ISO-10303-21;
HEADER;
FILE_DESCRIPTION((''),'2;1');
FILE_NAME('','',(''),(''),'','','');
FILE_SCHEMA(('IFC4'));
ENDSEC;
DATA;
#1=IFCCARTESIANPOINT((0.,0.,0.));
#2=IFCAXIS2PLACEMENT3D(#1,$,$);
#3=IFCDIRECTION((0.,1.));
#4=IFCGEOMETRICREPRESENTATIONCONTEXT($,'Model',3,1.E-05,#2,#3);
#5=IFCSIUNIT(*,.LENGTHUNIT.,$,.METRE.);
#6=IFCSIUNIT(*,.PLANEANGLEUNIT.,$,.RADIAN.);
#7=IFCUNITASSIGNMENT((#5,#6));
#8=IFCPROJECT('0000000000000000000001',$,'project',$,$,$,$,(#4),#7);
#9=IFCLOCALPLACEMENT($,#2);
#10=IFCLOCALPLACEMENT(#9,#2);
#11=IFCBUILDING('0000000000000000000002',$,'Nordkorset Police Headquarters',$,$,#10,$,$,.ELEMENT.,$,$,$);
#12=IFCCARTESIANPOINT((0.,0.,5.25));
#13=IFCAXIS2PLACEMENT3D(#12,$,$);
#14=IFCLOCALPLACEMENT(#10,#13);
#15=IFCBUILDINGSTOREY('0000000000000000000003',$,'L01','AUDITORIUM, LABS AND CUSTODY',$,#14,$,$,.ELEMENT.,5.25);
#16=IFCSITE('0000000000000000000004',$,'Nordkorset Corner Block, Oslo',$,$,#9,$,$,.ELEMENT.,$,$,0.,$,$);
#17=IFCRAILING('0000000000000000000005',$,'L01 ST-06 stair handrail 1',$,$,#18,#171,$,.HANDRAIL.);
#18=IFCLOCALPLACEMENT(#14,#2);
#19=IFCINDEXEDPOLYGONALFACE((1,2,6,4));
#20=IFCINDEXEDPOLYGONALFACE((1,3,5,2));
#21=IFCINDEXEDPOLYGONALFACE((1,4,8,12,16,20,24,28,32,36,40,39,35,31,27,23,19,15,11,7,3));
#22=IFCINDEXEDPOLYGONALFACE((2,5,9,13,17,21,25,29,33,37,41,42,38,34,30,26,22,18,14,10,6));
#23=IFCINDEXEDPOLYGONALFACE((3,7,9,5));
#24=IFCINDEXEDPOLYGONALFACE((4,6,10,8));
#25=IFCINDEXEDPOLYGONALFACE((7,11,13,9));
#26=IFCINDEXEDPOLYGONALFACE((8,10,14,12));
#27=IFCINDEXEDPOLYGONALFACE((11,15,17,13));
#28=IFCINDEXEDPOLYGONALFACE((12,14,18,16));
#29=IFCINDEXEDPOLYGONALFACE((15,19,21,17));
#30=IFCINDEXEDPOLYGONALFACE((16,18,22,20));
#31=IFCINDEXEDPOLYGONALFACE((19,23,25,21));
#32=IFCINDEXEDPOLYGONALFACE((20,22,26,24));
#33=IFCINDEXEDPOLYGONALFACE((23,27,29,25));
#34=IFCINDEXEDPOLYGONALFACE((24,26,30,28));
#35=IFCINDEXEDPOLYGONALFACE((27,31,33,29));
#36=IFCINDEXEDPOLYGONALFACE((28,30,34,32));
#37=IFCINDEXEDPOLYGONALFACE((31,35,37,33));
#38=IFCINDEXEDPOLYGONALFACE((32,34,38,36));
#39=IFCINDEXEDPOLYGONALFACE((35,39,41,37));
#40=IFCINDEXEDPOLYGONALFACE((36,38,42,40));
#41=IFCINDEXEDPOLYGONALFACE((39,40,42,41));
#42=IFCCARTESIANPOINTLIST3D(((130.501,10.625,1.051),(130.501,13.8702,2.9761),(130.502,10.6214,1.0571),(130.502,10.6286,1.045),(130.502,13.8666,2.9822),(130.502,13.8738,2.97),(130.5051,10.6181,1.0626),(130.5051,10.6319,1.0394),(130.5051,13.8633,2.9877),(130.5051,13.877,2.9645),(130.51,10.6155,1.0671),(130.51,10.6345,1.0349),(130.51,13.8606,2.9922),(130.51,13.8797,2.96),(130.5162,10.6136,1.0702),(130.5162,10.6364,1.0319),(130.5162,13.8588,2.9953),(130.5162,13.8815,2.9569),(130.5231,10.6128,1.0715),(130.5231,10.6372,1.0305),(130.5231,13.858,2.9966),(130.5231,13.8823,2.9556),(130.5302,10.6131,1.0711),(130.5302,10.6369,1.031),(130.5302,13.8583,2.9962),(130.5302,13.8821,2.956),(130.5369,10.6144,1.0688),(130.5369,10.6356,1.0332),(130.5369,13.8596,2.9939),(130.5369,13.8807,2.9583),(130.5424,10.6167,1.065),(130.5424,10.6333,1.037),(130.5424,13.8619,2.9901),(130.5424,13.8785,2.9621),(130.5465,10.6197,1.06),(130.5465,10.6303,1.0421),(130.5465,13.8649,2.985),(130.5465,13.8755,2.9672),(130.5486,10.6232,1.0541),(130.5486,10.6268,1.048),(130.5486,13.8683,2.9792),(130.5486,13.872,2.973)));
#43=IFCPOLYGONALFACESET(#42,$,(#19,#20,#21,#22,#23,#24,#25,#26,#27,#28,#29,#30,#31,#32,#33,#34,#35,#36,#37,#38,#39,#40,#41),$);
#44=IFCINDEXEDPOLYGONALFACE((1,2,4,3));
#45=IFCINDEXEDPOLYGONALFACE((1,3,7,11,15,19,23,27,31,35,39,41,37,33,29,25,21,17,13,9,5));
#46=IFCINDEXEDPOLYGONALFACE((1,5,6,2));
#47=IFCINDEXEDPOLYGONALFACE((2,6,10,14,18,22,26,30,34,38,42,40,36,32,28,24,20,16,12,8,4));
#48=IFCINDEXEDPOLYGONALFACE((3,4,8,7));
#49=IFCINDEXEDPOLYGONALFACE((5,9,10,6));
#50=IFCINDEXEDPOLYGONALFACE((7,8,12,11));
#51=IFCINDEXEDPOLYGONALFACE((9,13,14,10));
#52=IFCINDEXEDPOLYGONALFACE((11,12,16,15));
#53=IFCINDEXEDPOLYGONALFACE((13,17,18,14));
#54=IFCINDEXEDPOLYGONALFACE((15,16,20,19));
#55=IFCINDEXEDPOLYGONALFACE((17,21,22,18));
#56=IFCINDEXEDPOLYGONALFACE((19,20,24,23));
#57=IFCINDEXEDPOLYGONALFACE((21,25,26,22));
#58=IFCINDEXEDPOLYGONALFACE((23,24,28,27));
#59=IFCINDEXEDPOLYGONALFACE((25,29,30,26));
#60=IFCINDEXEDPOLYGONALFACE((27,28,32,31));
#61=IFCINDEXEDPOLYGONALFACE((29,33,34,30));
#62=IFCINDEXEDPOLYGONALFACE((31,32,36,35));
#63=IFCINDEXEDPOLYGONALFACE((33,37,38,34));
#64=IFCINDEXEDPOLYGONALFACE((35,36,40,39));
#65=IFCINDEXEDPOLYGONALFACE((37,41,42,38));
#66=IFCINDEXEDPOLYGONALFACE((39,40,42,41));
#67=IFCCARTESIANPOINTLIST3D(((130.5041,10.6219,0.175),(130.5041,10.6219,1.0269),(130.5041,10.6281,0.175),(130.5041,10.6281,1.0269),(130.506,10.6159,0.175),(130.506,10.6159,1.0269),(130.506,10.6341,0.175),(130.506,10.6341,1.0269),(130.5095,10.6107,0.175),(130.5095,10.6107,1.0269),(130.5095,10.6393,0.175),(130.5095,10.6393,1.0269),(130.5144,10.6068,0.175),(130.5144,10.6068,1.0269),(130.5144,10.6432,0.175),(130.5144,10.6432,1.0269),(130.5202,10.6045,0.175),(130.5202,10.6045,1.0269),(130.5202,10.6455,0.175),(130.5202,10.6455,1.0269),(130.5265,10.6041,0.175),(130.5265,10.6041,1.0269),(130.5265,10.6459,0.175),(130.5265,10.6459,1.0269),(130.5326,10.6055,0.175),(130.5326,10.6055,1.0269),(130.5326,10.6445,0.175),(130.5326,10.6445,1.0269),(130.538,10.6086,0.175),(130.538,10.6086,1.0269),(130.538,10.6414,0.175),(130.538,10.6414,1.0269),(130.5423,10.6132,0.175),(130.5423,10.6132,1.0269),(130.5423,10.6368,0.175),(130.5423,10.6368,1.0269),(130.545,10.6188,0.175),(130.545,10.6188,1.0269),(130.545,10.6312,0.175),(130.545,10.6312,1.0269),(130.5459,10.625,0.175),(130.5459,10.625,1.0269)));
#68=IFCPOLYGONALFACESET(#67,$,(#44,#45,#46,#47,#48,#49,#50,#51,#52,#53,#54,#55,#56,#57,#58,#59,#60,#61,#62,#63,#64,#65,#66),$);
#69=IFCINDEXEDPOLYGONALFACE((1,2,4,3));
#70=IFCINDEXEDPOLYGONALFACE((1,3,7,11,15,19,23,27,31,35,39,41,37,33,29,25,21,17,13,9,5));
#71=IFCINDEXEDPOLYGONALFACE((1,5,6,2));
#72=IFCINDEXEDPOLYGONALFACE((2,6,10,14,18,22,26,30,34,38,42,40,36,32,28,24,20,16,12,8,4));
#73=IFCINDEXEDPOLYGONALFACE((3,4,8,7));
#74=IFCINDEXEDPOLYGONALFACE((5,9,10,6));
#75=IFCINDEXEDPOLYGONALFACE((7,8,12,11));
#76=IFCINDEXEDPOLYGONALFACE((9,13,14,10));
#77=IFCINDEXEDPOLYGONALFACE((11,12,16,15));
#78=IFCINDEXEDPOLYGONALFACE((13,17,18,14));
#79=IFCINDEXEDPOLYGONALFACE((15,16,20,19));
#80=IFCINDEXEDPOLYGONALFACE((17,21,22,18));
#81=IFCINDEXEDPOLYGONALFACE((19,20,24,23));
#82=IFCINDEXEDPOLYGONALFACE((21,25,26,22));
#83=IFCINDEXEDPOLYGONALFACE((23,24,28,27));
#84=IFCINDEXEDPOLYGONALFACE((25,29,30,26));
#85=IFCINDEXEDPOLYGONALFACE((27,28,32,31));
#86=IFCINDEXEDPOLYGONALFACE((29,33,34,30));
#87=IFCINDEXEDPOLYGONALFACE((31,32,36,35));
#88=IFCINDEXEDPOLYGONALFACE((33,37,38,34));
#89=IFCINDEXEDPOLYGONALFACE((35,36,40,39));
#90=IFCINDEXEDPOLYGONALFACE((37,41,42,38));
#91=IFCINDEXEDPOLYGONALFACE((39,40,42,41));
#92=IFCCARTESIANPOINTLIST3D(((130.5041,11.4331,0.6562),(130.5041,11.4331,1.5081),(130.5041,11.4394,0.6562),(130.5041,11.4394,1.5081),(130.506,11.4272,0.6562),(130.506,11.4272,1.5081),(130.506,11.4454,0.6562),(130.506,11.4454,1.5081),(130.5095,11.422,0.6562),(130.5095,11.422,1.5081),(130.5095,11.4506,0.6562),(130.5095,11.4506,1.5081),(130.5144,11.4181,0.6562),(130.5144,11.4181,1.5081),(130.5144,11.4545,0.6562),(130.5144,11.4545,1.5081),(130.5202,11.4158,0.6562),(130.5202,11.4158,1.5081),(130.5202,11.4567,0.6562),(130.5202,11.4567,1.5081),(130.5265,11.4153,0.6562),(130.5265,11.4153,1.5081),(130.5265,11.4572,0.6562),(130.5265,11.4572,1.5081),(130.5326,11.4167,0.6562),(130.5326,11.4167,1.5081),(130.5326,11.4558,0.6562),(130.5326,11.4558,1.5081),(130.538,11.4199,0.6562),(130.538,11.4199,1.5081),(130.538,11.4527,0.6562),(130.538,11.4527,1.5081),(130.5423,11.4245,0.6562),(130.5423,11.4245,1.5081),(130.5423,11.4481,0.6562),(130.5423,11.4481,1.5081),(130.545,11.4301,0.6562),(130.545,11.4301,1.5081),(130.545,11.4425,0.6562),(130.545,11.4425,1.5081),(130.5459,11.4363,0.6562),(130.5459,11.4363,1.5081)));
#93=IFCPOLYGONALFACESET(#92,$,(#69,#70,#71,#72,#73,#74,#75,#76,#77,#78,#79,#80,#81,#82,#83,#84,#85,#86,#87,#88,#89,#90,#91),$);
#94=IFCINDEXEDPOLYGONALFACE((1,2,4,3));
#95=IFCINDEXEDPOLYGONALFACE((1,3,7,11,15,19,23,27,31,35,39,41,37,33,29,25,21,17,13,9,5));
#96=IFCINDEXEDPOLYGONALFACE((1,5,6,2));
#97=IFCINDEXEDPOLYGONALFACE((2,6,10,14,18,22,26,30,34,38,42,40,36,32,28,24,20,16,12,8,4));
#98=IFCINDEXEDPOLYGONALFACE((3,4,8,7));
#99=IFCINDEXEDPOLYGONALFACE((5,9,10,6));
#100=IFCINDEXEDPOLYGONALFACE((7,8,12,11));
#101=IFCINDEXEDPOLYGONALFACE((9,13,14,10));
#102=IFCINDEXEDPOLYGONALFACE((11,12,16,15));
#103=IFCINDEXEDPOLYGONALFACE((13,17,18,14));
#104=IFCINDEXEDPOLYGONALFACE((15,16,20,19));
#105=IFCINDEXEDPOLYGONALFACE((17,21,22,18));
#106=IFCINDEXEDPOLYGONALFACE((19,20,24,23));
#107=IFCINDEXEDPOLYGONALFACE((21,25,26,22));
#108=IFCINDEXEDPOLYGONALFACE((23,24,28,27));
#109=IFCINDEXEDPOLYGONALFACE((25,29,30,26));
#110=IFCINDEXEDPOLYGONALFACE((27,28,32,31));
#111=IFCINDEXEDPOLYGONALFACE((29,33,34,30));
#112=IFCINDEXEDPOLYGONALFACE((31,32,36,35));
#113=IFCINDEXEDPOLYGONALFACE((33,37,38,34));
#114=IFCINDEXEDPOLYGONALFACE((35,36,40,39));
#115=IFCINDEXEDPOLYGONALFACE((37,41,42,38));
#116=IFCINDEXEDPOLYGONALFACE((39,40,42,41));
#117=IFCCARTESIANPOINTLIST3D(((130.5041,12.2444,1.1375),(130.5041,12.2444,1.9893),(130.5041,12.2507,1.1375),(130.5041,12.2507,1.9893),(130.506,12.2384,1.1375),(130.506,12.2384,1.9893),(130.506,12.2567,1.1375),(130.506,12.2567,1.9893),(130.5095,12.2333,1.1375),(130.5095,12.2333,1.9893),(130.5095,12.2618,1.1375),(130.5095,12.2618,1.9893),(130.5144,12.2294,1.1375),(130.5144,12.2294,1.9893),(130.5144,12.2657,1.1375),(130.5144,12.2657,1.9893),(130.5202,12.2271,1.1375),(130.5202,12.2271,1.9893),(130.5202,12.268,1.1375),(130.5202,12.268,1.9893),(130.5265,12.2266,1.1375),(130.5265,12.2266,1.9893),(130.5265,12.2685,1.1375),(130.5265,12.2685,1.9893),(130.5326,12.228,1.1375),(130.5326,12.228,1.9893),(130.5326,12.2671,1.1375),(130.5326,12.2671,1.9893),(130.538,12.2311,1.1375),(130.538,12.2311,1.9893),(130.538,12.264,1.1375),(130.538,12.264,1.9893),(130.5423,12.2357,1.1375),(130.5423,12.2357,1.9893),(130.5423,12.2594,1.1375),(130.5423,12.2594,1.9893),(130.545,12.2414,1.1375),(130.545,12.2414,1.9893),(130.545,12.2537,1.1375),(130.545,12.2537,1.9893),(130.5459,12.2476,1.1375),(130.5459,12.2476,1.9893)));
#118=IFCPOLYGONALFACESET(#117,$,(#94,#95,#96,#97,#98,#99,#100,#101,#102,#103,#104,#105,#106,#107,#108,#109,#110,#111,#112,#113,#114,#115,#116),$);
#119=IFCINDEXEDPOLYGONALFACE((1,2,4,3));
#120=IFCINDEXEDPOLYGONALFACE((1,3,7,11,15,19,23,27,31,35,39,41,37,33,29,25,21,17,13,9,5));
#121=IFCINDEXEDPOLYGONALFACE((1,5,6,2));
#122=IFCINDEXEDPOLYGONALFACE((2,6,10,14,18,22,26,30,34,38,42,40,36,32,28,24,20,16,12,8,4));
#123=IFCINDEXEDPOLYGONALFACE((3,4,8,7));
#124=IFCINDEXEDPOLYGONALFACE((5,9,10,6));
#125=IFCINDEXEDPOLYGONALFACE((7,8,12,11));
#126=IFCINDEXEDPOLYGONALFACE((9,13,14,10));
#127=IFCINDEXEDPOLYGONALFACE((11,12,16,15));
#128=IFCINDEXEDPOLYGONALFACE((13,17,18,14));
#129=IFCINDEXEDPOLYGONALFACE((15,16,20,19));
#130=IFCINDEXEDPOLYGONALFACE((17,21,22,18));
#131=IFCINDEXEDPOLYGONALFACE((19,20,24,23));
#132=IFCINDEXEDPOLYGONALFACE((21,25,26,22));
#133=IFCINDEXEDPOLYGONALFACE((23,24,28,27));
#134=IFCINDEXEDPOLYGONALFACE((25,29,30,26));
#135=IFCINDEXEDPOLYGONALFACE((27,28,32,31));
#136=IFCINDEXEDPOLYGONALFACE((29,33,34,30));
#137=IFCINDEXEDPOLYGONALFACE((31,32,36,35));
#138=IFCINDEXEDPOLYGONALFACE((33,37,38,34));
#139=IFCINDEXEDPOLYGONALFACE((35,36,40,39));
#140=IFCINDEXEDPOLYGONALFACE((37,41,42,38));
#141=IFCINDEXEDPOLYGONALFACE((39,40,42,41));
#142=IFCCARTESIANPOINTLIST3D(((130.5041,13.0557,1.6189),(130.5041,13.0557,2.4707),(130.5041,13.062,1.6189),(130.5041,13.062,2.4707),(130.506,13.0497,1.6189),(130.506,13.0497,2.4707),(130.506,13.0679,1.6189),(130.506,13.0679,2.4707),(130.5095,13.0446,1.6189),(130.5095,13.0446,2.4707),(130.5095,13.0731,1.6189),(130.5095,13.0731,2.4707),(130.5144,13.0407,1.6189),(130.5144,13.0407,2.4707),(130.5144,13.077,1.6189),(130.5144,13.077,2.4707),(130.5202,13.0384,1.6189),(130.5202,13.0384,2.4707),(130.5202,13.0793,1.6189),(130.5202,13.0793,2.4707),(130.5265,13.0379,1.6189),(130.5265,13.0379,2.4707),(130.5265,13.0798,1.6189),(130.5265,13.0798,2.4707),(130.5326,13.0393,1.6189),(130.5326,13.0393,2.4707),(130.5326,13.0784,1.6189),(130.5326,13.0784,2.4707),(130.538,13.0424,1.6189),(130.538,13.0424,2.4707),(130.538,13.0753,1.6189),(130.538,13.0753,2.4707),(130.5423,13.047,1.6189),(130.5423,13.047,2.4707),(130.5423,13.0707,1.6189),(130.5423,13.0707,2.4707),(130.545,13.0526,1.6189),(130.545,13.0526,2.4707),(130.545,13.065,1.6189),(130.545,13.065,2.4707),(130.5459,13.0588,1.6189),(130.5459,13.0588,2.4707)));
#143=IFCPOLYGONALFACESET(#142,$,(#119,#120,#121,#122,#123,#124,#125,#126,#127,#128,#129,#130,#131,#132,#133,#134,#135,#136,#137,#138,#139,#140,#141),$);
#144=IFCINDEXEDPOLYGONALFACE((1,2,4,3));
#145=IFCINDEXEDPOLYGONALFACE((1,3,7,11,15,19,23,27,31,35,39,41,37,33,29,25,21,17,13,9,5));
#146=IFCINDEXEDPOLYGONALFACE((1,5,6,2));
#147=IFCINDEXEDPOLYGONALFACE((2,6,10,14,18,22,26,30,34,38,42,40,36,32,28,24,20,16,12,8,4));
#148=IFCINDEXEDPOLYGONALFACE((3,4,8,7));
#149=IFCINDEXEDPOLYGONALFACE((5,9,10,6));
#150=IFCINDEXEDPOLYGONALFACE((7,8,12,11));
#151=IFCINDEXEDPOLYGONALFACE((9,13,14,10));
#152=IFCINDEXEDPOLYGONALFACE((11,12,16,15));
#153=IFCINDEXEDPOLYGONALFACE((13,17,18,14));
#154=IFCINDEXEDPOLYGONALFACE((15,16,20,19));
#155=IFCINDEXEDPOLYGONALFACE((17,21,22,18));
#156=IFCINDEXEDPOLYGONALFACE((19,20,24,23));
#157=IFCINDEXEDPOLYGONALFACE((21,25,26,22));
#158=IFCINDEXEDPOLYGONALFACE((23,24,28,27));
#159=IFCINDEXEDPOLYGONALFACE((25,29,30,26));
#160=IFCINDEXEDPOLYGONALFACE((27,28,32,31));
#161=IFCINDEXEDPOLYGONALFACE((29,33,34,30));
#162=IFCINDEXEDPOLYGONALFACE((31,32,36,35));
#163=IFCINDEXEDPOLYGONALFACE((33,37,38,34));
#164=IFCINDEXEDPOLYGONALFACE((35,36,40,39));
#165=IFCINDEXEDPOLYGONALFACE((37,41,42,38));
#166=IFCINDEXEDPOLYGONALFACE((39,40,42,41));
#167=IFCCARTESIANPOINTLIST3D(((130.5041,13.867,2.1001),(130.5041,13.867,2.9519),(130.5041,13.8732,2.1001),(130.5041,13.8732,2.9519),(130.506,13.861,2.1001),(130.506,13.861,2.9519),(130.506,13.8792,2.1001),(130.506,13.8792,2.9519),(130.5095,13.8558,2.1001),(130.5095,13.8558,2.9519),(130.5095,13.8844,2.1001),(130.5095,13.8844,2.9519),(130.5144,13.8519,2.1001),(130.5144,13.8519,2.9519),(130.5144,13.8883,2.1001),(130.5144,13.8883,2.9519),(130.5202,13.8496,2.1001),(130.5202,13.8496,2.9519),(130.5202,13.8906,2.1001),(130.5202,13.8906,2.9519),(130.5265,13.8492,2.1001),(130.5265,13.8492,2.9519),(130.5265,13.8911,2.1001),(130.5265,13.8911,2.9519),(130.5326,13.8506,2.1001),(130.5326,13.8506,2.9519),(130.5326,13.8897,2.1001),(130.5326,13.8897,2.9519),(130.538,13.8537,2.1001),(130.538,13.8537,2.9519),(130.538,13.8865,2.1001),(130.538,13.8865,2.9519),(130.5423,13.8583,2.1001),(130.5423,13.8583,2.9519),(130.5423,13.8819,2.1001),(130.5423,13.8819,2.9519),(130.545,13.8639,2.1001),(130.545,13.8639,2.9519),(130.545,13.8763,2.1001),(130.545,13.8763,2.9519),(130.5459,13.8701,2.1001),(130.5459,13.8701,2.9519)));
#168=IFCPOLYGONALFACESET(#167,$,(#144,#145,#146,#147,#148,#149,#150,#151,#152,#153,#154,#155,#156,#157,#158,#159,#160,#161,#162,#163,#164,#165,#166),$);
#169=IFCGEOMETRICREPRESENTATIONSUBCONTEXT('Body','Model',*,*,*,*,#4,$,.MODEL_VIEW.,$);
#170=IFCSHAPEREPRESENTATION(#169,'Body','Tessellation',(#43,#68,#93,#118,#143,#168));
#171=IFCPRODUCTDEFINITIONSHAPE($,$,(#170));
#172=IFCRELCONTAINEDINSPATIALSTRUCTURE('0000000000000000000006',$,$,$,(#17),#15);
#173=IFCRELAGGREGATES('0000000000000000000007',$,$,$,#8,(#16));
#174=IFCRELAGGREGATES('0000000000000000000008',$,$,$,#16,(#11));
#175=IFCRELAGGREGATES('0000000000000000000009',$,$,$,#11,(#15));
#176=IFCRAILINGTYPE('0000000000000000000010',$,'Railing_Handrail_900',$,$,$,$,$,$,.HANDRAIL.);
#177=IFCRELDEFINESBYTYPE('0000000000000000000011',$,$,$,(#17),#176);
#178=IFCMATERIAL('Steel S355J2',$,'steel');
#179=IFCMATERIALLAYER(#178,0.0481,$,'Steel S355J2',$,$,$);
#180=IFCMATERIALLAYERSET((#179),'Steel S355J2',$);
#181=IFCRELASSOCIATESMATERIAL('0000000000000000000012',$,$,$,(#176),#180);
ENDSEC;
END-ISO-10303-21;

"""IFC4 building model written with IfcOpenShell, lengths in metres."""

from ifc_helpers import new_model, si_unit, direction, frame, origin, origin_2d, place, context, subcontext, project, spatial, circle, extrude, material, layer, layer_set, type_object, element, save


model = new_model("IFC4")

# Units and contexts
model_context = context("Model", 3, precision=1e-05, world=origin(), true_north=direction((0.0, 1.0)))
body_context = subcontext(model_context, "Body", "Model", "MODEL_VIEW")
ifc_project = project(units=[si_unit("LENGTHUNIT", "METRE"), si_unit("PLANEANGLEUNIT", "RADIAN")], contexts=[model_context])

# Site, building, storey
site_placement = place(None, origin())
site = spatial("IfcSite", under=ifc_project, at=site_placement, Name="Nordkorset Corner Block, Oslo", CompositionType="ELEMENT", RefElevation=0.0)
building_placement = place(site_placement, origin())
building = spatial("IfcBuilding", under=site, at=building_placement, Name="Nordkorset Police Headquarters", CompositionType="ELEMENT")
storey_placement = place(building_placement, frame((0.0, 0.0, 5.25)))
storey = spatial("IfcBuildingStorey", under=building, at=storey_placement, Name="L01", Description="AUDITORIUM, LABS AND CUSTODY", CompositionType="ELEMENT", Elevation=5.25)

# Railing
ifc_material_1 = material(Name="Steel S355J2", Category="steel")
ifc_layer_1 = layer(ifc_material_1, 0.0481, Name="Steel S355J2")
ifc_layer_set_1 = layer_set([ifc_layer_1], Name="Steel S355J2")
railing_type_1 = type_object("IfcRailingType", Name="Railing_Handrail_900", PredefinedType="HANDRAIL", material=ifc_layer_set_1)
railing_1_placement = place(storey_placement, frame((130.5249, 10.625, 0.175)))
element("IfcRailing", 1, at=railing_1_placement, inside=storey, type_object=railing_type_1, Name="L01 ST-06 stair handrail 1", PredefinedType="HANDRAIL", context=body_context, shape_type="SweptSolid", body=[
    extrude(circle(Radius=0.0239, at=origin_2d()), frame((0.0, 0.0, 0.876), z_axis=(0.0, 0.860057, 0.510198), x_axis=(-1.0, 0.0, 0.0)), (0.0, 0.0, 1.0), 3.7732),
    extrude(circle(Radius=0.021, at=origin_2d()), origin(), (0.0, 0.0, 1.0), 0.8518),
    extrude(circle(Radius=0.021, at=origin_2d()), frame((0.0, 0.8113, 0.4812)), (0.0, 0.0, 1.0), 0.8518),
    extrude(circle(Radius=0.021, at=origin_2d()), frame((0.0, 1.6226, 0.9624)), (0.0, 0.0, 1.0), 0.8518),
    extrude(circle(Radius=0.021, at=origin_2d()), frame((0.0, 2.4338, 1.4438)), (0.0, 0.0, 1.0), 0.8518),
    extrude(circle(Radius=0.021, at=origin_2d()), frame((0.0, 3.2451, 1.925)), (0.0, 0.0, 1.0), 0.8518),
])

save(model, "model.ifc")
